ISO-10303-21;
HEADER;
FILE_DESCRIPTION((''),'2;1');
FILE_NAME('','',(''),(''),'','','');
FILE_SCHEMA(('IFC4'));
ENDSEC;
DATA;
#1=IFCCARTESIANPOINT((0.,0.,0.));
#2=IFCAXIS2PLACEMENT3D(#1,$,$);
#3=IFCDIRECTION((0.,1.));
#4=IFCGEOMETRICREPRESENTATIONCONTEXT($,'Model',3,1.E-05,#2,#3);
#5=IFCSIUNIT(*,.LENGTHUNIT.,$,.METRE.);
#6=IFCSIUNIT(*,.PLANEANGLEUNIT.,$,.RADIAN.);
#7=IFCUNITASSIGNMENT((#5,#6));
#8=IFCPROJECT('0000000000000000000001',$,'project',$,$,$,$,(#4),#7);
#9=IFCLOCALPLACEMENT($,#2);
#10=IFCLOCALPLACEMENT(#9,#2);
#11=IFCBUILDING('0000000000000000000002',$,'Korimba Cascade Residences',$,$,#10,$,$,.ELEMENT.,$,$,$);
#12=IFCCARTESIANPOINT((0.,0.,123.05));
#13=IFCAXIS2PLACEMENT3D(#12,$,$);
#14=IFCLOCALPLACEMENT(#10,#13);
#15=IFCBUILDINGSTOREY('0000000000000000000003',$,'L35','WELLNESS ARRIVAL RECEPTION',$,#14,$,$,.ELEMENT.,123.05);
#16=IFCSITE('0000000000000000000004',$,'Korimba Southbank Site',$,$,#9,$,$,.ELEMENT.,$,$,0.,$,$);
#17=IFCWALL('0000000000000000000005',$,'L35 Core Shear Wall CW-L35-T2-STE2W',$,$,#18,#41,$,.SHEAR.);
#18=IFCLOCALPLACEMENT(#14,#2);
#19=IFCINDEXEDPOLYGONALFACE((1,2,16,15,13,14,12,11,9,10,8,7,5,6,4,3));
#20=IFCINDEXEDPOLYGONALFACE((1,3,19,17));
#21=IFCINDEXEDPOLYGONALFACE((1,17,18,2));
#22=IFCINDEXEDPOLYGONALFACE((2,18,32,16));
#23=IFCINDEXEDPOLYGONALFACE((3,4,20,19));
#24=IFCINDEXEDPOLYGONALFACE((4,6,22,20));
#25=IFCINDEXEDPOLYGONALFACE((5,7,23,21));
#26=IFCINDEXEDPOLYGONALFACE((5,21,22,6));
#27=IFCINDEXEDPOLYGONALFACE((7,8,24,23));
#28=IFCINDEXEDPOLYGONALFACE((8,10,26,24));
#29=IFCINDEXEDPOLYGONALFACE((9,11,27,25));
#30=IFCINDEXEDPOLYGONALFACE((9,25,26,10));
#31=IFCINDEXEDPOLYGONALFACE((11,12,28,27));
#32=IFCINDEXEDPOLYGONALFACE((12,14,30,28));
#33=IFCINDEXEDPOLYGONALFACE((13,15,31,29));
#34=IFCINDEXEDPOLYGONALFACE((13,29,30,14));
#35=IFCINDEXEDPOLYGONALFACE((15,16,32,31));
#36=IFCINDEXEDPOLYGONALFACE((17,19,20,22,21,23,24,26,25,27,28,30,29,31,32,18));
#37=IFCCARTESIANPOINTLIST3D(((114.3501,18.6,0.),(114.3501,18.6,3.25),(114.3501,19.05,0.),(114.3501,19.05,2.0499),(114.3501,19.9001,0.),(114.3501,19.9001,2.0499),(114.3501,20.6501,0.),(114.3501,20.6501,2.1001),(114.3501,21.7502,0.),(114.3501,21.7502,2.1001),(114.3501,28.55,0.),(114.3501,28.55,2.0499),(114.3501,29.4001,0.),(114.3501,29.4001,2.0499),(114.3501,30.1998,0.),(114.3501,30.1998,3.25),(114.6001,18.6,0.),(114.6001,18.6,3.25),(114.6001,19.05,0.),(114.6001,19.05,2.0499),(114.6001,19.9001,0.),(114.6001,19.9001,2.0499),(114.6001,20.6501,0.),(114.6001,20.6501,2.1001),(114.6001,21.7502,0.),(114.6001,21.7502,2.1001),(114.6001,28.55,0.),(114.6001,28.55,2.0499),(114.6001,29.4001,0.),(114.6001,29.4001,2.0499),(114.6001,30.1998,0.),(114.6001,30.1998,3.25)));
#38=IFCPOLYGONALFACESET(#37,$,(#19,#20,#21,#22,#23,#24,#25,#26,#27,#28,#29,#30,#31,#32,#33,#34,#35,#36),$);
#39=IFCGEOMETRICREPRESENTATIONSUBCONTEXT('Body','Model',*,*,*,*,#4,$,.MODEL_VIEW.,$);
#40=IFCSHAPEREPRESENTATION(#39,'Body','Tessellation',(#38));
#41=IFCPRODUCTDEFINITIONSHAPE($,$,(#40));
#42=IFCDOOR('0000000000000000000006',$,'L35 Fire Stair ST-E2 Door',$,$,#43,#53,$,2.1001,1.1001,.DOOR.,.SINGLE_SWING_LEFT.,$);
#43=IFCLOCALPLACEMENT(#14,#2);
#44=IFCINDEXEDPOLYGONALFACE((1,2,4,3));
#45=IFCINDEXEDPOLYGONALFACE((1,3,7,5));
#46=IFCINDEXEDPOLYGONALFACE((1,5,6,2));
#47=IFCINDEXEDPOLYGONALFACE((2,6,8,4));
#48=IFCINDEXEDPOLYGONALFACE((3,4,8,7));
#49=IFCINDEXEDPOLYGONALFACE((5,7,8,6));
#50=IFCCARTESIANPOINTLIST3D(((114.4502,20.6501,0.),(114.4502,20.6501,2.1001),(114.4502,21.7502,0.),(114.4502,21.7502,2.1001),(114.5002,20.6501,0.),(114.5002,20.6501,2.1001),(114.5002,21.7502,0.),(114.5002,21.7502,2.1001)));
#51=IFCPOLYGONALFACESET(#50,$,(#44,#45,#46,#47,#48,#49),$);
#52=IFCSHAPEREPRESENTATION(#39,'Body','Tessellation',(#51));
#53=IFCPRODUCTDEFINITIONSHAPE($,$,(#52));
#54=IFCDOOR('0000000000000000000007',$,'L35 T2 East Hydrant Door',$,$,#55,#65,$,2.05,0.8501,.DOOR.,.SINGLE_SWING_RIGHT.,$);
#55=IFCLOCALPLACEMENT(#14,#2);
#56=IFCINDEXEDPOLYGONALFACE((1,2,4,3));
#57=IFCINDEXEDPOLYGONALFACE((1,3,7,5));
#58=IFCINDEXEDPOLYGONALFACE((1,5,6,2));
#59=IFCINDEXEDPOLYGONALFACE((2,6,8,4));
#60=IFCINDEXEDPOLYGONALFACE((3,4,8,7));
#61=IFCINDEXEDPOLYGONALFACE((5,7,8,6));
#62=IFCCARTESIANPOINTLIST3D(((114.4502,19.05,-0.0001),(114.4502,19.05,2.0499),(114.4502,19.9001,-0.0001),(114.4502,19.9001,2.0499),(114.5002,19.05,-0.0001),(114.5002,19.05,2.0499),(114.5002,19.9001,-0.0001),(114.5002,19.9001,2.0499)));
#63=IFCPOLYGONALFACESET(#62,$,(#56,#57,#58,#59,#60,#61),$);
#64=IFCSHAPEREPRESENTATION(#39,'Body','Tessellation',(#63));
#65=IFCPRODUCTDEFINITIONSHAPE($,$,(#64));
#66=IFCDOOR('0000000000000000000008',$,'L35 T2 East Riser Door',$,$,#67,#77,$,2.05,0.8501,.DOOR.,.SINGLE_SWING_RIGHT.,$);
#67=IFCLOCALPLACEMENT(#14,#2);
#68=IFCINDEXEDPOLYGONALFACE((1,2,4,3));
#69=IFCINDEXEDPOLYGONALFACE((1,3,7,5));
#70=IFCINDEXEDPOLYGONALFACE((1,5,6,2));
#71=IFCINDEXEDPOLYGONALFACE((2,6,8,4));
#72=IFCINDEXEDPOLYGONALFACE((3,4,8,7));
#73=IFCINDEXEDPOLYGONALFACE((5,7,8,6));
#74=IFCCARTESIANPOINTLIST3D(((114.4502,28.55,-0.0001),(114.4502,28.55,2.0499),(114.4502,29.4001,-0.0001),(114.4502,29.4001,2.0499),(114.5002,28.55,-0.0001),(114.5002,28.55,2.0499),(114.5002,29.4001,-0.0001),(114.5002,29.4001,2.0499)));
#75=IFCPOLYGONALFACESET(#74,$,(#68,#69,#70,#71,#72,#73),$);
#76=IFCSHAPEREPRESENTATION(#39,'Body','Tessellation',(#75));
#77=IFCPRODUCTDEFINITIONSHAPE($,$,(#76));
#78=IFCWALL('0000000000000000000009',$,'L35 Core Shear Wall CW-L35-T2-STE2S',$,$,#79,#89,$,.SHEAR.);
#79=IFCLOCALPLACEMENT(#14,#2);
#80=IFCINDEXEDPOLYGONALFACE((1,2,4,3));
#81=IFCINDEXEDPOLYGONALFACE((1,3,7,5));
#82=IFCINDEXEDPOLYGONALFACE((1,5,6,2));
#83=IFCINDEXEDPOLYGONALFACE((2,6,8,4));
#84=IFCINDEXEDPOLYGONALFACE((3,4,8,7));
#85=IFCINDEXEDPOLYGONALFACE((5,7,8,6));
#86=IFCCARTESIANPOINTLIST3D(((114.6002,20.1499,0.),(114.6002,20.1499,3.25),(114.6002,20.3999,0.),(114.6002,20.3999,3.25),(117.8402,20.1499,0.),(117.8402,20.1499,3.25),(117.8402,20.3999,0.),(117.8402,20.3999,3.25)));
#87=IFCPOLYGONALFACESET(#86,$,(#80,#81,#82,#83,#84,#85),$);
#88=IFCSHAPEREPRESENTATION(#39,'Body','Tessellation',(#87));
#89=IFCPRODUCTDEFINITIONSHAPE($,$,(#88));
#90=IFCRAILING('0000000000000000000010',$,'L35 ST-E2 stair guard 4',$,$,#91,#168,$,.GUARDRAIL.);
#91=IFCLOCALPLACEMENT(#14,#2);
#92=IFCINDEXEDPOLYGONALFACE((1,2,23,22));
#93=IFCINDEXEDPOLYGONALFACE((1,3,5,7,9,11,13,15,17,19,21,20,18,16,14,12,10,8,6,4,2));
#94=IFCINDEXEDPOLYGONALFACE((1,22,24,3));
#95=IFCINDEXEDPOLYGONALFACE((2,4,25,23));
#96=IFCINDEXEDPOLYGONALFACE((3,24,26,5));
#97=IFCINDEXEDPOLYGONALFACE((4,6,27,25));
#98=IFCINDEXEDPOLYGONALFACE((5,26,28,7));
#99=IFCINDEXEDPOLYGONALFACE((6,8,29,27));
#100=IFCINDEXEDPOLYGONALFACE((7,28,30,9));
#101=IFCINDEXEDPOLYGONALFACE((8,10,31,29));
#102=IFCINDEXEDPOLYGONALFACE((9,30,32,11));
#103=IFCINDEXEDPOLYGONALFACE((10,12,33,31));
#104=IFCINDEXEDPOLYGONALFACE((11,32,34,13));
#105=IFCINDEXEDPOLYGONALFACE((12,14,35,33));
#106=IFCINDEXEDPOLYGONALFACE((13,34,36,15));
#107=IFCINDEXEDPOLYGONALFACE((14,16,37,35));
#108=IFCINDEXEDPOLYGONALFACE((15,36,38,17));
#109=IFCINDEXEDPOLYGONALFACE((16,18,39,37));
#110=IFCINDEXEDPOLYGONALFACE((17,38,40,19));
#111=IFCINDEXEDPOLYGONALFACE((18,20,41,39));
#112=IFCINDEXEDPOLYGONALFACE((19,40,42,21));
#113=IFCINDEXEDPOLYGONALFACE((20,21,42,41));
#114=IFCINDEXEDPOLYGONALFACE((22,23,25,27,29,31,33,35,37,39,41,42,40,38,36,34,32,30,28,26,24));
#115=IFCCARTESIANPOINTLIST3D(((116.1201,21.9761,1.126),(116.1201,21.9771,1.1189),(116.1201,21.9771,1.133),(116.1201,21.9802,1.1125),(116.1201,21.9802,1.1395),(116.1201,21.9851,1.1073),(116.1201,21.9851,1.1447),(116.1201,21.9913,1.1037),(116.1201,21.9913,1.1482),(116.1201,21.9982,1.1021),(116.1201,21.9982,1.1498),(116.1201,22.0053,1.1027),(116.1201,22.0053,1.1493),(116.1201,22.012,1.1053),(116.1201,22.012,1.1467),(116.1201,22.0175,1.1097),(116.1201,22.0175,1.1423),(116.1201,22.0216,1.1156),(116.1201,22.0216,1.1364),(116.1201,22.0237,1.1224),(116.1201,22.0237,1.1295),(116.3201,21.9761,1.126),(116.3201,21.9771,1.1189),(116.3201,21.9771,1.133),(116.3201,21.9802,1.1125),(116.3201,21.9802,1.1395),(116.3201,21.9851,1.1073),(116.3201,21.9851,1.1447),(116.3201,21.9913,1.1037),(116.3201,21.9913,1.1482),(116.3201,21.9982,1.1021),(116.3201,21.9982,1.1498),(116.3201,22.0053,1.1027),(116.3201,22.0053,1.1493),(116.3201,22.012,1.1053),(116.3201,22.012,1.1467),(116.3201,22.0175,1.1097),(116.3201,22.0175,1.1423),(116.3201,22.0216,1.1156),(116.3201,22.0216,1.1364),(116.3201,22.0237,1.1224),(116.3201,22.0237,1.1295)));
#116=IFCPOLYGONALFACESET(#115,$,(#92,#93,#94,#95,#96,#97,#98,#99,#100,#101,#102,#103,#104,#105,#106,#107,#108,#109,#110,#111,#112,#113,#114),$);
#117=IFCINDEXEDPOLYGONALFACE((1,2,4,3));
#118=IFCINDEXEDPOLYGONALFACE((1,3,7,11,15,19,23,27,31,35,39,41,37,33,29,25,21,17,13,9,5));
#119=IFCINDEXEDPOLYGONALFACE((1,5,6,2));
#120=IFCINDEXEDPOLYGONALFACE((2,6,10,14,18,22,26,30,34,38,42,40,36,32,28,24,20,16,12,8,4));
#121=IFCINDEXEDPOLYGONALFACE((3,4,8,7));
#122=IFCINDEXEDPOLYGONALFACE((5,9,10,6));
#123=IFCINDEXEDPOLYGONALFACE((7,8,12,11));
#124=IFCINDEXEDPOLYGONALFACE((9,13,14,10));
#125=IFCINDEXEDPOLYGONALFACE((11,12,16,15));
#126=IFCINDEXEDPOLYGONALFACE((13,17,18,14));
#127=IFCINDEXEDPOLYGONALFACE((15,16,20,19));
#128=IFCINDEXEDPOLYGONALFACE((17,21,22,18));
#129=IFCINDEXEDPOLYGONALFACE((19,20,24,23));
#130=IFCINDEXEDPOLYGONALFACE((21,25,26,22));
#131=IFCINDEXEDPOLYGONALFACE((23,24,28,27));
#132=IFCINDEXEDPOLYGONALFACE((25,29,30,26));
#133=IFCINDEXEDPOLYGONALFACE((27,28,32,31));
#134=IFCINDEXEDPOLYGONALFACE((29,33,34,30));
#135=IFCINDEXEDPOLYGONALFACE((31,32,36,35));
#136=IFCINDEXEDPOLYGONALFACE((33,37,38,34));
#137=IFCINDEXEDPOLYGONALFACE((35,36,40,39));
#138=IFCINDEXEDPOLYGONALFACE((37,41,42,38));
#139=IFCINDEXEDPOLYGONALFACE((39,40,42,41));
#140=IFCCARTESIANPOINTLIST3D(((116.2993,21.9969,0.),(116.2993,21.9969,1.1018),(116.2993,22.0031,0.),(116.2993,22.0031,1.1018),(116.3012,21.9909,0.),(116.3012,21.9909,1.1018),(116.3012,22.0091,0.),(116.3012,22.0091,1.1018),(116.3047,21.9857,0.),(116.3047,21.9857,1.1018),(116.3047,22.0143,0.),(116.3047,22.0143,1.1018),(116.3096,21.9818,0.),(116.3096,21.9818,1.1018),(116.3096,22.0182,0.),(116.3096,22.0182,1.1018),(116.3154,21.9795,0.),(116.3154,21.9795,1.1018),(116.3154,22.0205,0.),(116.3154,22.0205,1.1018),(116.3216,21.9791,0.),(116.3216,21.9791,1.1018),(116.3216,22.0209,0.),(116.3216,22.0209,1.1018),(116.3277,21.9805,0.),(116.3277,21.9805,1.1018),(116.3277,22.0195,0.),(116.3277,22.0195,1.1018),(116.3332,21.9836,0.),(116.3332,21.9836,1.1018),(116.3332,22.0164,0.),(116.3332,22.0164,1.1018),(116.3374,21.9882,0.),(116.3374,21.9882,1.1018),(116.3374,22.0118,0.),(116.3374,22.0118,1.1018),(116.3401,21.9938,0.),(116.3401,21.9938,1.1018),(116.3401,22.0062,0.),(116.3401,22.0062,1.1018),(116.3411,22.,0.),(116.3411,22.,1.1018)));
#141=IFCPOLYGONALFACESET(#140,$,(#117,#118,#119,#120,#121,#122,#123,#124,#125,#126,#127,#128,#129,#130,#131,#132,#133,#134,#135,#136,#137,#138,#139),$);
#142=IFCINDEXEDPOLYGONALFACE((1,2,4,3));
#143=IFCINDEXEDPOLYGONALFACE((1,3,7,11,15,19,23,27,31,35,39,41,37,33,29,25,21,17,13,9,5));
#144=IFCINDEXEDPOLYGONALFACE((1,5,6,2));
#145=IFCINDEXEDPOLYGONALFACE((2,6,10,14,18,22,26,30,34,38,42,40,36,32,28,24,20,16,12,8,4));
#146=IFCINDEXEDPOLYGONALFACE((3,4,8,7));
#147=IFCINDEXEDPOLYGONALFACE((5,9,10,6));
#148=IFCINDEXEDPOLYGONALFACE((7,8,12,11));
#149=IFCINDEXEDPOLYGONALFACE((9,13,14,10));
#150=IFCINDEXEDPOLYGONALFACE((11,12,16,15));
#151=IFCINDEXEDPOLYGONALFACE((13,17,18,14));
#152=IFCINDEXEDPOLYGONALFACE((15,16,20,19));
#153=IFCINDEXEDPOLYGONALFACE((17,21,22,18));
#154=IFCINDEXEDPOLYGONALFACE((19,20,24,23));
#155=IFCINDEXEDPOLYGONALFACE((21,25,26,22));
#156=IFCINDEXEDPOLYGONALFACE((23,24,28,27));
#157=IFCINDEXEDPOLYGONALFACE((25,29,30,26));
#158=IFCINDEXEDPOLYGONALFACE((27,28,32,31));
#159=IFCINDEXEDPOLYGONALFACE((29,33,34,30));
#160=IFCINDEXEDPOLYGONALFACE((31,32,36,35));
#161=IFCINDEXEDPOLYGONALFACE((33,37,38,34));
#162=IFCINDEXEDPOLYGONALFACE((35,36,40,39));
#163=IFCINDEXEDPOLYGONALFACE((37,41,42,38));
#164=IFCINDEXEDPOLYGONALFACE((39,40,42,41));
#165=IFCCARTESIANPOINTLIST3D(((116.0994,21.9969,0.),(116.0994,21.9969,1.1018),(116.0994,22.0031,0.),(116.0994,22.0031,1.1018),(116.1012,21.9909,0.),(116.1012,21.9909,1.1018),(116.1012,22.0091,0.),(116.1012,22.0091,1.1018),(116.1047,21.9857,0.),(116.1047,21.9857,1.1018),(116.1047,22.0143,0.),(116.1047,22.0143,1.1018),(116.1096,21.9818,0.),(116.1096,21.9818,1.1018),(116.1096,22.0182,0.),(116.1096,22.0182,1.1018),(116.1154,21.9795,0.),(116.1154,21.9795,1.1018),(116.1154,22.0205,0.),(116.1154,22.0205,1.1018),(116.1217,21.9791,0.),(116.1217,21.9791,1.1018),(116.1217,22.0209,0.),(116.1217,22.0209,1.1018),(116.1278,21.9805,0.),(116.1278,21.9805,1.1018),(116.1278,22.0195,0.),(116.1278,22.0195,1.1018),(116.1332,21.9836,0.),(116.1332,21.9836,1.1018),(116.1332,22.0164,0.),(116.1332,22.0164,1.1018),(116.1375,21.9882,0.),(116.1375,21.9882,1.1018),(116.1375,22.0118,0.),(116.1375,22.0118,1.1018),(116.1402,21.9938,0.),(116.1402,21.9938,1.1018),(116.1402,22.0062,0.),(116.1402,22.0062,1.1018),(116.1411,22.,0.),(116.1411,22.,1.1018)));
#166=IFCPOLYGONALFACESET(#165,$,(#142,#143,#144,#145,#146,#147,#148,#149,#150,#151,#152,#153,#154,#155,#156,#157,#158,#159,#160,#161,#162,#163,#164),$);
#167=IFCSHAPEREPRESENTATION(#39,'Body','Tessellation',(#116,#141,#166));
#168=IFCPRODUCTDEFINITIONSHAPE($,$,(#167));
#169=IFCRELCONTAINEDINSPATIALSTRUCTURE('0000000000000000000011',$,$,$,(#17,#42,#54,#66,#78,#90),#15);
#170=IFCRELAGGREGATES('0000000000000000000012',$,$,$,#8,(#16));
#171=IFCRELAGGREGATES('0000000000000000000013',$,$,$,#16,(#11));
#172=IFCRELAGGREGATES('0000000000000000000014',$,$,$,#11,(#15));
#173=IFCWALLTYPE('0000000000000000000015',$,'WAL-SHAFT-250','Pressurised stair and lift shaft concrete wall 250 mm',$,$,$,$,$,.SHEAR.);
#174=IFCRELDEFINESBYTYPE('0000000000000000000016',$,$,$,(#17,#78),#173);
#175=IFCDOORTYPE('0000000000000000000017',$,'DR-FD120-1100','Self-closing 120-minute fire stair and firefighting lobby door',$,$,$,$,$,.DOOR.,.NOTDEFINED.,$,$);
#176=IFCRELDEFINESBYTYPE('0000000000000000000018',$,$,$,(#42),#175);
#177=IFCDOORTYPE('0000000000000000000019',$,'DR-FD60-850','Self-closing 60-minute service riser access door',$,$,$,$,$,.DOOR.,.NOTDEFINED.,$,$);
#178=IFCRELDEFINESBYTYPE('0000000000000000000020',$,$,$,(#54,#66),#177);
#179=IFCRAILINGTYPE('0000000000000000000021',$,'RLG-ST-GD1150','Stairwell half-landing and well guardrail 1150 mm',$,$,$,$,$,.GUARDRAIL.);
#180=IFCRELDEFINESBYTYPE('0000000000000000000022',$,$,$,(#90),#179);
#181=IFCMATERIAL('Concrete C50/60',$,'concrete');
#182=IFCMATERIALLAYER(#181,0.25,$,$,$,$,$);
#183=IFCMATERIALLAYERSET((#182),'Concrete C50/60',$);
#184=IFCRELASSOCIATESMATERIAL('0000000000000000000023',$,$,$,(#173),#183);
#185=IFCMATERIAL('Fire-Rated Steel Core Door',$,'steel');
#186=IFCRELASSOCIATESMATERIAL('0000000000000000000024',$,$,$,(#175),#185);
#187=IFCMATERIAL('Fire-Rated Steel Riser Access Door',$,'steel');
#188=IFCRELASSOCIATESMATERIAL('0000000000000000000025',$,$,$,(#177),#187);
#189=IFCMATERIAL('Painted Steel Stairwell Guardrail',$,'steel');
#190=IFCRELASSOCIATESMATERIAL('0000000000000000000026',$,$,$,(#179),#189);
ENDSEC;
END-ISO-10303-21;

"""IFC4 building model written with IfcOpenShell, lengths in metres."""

from ifc_helpers import new_model, si_unit, direction, frame, frame_2d, origin, origin_2d, place, context, subcontext, project, spatial, rectangle, circle, extrude, material, layer, layer_set, type_object, element, fill, save


model = new_model("IFC4")

# Units and contexts
model_context = context("Model", 3, precision=1e-05, world=origin(), true_north=direction((0.0, 1.0)))
body_context = subcontext(model_context, "Body", "Model", "MODEL_VIEW")
ifc_project = project(units=[si_unit("LENGTHUNIT", "METRE"), si_unit("PLANEANGLEUNIT", "RADIAN")], contexts=[model_context])

# Site, building, storey
site_placement = place(None, origin())
site = spatial("IfcSite", under=ifc_project, at=site_placement, Name="Korimba Southbank Site", CompositionType="ELEMENT", RefElevation=0.0)
building_placement = place(site_placement, origin())
building = spatial("IfcBuilding", under=site, at=building_placement, Name="Korimba Cascade Residences", CompositionType="ELEMENT")
storey_placement = place(building_placement, frame((0.0, 0.0, 123.05)))
storey = spatial("IfcBuildingStorey", under=building, at=storey_placement, Name="L35", Description="WELLNESS ARRIVAL RECEPTION", CompositionType="ELEMENT", Elevation=123.05)

# Wall, openings, doors
ifc_material_1 = material(Name="Concrete C50/60", Category="concrete")
ifc_layer_1 = layer(ifc_material_1, 0.25)
ifc_layer_set_1 = layer_set([ifc_layer_1], Name="Concrete C50/60")
wall_type_1 = type_object("IfcWallType", Name="WAL-SHAFT-250", Description="Pressurised stair and lift shaft concrete wall 250 mm", PredefinedType="SHEAR", material=ifc_layer_set_1)
wall_1_placement = place(storey_placement, frame((114.4751, 18.6001, 0.0), z_axis=(0.0, 0.0, 1.0), x_axis=(0.0, 1.0, 0.0)))
wall_1 = element("IfcWall", 1, at=wall_1_placement, inside=storey, type_object=wall_type_1, Name="L35 Core Shear Wall CW-L35-T2-STE2W", PredefinedType="SHEAR", context=body_context, shape_type="SweptSolid", body=[
    extrude(rectangle(XDim=11.5999, YDim=0.25, at=frame_2d((5.7998, 0.0))), origin(), (0.0, 0.0, 1.0), 3.25),
])
opening_1_placement = place(wall_1_placement, frame((0.45, 0.0, 0.0)))
opening_1 = element("IfcOpeningElement", 2, at=opening_1_placement, cuts=wall_1, PredefinedType="OPENING", context=body_context, shape_type="SweptSolid", body=[
    extrude(rectangle(XDim=0.8501, YDim=2.05, at=frame_2d((0.425, 1.0249))), frame((0.0, 0.135, 0.0), z_axis=(0.0, -1.0, 0.0), x_axis=(1.0, 0.0, 0.0)), (0.0, 0.0, 1.0), 0.27),
])
opening_2_placement = place(wall_1_placement, frame((2.05, 0.0, 0.0)))
opening_2 = element("IfcOpeningElement", 3, at=opening_2_placement, cuts=wall_1, PredefinedType="OPENING", context=body_context, shape_type="SweptSolid", body=[
    extrude(rectangle(XDim=1.1001, YDim=2.1001, at=frame_2d((0.55, 1.05))), frame((0.0, 0.135, 0.0), z_axis=(0.0, -1.0, 0.0), x_axis=(1.0, 0.0, 0.0)), (0.0, 0.0, 1.0), 0.27),
])
opening_3_placement = place(wall_1_placement, frame((9.95, 0.0, 0.0)))
opening_3 = element("IfcOpeningElement", 4, at=opening_3_placement, cuts=wall_1, PredefinedType="OPENING", context=body_context, shape_type="SweptSolid", body=[
    extrude(rectangle(XDim=0.8501, YDim=2.05, at=frame_2d((0.425, 1.0249))), frame((0.0, 0.135, 0.0), z_axis=(0.0, -1.0, 0.0), x_axis=(1.0, 0.0, 0.0)), (0.0, 0.0, 1.0), 0.27),
])
ifc_material_2 = material(Name="Fire-Rated Steel Core Door", Category="steel")
door_type_1 = type_object("IfcDoorType", Name="DR-FD120-1100", Description="Self-closing 120-minute fire stair and firefighting lobby door", OperationType="NOTDEFINED", PredefinedType="DOOR", material=ifc_material_2)
door_1_placement = place(opening_2_placement, origin())
door_1 = element("IfcDoor", 5, at=door_1_placement, inside=storey, type_object=door_type_1, Name="L35 Fire Stair ST-E2 Door", OperationType="SINGLE_SWING_LEFT", OverallHeight=2.1001, OverallWidth=1.1001, PredefinedType="DOOR", context=body_context, shape_type="SweptSolid", body=[
    extrude(rectangle(XDim=1.1001, YDim=2.1001, at=frame_2d((0.55, 1.05))), frame((0.0, 0.0249, 0.0), z_axis=(0.0, -1.0, 0.0), x_axis=(1.0, 0.0, 0.0)), (0.0, 0.0, 1.0), 0.05),
])
fill(opening_2, door_1)
ifc_material_3 = material(Name="Fire-Rated Steel Riser Access Door", Category="steel")
door_type_2 = type_object("IfcDoorType", Name="DR-FD60-850", Description="Self-closing 60-minute service riser access door", OperationType="NOTDEFINED", PredefinedType="DOOR", material=ifc_material_3)
door_2_placement = place(opening_1_placement, origin())
door_2 = element("IfcDoor", 6, at=door_2_placement, inside=storey, type_object=door_type_2, Name="L35 T2 East Hydrant Door", OperationType="SINGLE_SWING_RIGHT", OverallHeight=2.05, OverallWidth=0.8501, PredefinedType="DOOR", context=body_context, shape_type="SweptSolid", body=[
    extrude(rectangle(XDim=0.8501, YDim=2.05, at=frame_2d((0.425, 1.0249))), frame((0.0, 0.0249, 0.0), z_axis=(0.0, -1.0, 0.0), x_axis=(1.0, 0.0, 0.0)), (0.0, 0.0, 1.0), 0.05),
])
fill(opening_1, door_2)
door_3_placement = place(opening_3_placement, origin())
door_3 = element("IfcDoor", 7, at=door_3_placement, inside=storey, type_object=door_type_2, Name="L35 T2 East Riser Door", OperationType="SINGLE_SWING_RIGHT", OverallHeight=2.05, OverallWidth=0.8501, PredefinedType="DOOR", context=body_context, shape_type="SweptSolid", body=[
    extrude(rectangle(XDim=0.8501, YDim=2.05, at=frame_2d((0.425, 1.0249))), frame((0.0, 0.0249, 0.0), z_axis=(0.0, -1.0, 0.0), x_axis=(1.0, 0.0, 0.0)), (0.0, 0.0, 1.0), 0.05),
])
fill(opening_3, door_3)

# Wall
wall_2_placement = place(storey_placement, frame((114.6001, 20.2749, 0.0), z_axis=(0.0, 0.0, 1.0), x_axis=(1.0, 0.0, 0.0)))
element("IfcWall", 8, at=wall_2_placement, inside=storey, type_object=wall_type_1, Name="L35 Core Shear Wall CW-L35-T2-STE2S", PredefinedType="SHEAR", context=body_context, shape_type="SweptSolid", body=[
    extrude(rectangle(XDim=3.24, YDim=0.25, at=frame_2d((1.6201, 0.0))), origin(), (0.0, 0.0, 1.0), 3.25),
])

# Railing
ifc_material_4 = material(Name="Painted Steel Stairwell Guardrail", Category="steel")
railing_type = type_object("IfcRailingType", Name="RLG-ST-GD1150", Description="Stairwell half-landing and well guardrail 1150 mm", PredefinedType="GUARDRAIL", material=ifc_material_4)
railing_placement = place(storey_placement, frame((116.3201, 22.0, 0.0)))
element("IfcRailing", 9, at=railing_placement, inside=storey, type_object=railing_type, Name="L35 ST-E2 stair guard 4", PredefinedType="GUARDRAIL", context=body_context, shape_type="SweptSolid", body=[
    extrude(circle(Radius=0.0239, at=origin_2d()), frame((0.0, 0.0, 1.126), z_axis=(-1.0, 0.0, 0.0), x_axis=(0.0, -1.0, 0.0)), (0.0, 0.0, 1.0), 0.2),
    extrude(circle(Radius=0.021, at=origin_2d()), origin(), (0.0, 0.0, 1.0), 1.1018),
    extrude(circle(Radius=0.021, at=origin_2d()), frame((-0.2, 0.0, 0.0)), (0.0, 0.0, 1.0), 1.1018),
])

save(model, "model.ifc")
